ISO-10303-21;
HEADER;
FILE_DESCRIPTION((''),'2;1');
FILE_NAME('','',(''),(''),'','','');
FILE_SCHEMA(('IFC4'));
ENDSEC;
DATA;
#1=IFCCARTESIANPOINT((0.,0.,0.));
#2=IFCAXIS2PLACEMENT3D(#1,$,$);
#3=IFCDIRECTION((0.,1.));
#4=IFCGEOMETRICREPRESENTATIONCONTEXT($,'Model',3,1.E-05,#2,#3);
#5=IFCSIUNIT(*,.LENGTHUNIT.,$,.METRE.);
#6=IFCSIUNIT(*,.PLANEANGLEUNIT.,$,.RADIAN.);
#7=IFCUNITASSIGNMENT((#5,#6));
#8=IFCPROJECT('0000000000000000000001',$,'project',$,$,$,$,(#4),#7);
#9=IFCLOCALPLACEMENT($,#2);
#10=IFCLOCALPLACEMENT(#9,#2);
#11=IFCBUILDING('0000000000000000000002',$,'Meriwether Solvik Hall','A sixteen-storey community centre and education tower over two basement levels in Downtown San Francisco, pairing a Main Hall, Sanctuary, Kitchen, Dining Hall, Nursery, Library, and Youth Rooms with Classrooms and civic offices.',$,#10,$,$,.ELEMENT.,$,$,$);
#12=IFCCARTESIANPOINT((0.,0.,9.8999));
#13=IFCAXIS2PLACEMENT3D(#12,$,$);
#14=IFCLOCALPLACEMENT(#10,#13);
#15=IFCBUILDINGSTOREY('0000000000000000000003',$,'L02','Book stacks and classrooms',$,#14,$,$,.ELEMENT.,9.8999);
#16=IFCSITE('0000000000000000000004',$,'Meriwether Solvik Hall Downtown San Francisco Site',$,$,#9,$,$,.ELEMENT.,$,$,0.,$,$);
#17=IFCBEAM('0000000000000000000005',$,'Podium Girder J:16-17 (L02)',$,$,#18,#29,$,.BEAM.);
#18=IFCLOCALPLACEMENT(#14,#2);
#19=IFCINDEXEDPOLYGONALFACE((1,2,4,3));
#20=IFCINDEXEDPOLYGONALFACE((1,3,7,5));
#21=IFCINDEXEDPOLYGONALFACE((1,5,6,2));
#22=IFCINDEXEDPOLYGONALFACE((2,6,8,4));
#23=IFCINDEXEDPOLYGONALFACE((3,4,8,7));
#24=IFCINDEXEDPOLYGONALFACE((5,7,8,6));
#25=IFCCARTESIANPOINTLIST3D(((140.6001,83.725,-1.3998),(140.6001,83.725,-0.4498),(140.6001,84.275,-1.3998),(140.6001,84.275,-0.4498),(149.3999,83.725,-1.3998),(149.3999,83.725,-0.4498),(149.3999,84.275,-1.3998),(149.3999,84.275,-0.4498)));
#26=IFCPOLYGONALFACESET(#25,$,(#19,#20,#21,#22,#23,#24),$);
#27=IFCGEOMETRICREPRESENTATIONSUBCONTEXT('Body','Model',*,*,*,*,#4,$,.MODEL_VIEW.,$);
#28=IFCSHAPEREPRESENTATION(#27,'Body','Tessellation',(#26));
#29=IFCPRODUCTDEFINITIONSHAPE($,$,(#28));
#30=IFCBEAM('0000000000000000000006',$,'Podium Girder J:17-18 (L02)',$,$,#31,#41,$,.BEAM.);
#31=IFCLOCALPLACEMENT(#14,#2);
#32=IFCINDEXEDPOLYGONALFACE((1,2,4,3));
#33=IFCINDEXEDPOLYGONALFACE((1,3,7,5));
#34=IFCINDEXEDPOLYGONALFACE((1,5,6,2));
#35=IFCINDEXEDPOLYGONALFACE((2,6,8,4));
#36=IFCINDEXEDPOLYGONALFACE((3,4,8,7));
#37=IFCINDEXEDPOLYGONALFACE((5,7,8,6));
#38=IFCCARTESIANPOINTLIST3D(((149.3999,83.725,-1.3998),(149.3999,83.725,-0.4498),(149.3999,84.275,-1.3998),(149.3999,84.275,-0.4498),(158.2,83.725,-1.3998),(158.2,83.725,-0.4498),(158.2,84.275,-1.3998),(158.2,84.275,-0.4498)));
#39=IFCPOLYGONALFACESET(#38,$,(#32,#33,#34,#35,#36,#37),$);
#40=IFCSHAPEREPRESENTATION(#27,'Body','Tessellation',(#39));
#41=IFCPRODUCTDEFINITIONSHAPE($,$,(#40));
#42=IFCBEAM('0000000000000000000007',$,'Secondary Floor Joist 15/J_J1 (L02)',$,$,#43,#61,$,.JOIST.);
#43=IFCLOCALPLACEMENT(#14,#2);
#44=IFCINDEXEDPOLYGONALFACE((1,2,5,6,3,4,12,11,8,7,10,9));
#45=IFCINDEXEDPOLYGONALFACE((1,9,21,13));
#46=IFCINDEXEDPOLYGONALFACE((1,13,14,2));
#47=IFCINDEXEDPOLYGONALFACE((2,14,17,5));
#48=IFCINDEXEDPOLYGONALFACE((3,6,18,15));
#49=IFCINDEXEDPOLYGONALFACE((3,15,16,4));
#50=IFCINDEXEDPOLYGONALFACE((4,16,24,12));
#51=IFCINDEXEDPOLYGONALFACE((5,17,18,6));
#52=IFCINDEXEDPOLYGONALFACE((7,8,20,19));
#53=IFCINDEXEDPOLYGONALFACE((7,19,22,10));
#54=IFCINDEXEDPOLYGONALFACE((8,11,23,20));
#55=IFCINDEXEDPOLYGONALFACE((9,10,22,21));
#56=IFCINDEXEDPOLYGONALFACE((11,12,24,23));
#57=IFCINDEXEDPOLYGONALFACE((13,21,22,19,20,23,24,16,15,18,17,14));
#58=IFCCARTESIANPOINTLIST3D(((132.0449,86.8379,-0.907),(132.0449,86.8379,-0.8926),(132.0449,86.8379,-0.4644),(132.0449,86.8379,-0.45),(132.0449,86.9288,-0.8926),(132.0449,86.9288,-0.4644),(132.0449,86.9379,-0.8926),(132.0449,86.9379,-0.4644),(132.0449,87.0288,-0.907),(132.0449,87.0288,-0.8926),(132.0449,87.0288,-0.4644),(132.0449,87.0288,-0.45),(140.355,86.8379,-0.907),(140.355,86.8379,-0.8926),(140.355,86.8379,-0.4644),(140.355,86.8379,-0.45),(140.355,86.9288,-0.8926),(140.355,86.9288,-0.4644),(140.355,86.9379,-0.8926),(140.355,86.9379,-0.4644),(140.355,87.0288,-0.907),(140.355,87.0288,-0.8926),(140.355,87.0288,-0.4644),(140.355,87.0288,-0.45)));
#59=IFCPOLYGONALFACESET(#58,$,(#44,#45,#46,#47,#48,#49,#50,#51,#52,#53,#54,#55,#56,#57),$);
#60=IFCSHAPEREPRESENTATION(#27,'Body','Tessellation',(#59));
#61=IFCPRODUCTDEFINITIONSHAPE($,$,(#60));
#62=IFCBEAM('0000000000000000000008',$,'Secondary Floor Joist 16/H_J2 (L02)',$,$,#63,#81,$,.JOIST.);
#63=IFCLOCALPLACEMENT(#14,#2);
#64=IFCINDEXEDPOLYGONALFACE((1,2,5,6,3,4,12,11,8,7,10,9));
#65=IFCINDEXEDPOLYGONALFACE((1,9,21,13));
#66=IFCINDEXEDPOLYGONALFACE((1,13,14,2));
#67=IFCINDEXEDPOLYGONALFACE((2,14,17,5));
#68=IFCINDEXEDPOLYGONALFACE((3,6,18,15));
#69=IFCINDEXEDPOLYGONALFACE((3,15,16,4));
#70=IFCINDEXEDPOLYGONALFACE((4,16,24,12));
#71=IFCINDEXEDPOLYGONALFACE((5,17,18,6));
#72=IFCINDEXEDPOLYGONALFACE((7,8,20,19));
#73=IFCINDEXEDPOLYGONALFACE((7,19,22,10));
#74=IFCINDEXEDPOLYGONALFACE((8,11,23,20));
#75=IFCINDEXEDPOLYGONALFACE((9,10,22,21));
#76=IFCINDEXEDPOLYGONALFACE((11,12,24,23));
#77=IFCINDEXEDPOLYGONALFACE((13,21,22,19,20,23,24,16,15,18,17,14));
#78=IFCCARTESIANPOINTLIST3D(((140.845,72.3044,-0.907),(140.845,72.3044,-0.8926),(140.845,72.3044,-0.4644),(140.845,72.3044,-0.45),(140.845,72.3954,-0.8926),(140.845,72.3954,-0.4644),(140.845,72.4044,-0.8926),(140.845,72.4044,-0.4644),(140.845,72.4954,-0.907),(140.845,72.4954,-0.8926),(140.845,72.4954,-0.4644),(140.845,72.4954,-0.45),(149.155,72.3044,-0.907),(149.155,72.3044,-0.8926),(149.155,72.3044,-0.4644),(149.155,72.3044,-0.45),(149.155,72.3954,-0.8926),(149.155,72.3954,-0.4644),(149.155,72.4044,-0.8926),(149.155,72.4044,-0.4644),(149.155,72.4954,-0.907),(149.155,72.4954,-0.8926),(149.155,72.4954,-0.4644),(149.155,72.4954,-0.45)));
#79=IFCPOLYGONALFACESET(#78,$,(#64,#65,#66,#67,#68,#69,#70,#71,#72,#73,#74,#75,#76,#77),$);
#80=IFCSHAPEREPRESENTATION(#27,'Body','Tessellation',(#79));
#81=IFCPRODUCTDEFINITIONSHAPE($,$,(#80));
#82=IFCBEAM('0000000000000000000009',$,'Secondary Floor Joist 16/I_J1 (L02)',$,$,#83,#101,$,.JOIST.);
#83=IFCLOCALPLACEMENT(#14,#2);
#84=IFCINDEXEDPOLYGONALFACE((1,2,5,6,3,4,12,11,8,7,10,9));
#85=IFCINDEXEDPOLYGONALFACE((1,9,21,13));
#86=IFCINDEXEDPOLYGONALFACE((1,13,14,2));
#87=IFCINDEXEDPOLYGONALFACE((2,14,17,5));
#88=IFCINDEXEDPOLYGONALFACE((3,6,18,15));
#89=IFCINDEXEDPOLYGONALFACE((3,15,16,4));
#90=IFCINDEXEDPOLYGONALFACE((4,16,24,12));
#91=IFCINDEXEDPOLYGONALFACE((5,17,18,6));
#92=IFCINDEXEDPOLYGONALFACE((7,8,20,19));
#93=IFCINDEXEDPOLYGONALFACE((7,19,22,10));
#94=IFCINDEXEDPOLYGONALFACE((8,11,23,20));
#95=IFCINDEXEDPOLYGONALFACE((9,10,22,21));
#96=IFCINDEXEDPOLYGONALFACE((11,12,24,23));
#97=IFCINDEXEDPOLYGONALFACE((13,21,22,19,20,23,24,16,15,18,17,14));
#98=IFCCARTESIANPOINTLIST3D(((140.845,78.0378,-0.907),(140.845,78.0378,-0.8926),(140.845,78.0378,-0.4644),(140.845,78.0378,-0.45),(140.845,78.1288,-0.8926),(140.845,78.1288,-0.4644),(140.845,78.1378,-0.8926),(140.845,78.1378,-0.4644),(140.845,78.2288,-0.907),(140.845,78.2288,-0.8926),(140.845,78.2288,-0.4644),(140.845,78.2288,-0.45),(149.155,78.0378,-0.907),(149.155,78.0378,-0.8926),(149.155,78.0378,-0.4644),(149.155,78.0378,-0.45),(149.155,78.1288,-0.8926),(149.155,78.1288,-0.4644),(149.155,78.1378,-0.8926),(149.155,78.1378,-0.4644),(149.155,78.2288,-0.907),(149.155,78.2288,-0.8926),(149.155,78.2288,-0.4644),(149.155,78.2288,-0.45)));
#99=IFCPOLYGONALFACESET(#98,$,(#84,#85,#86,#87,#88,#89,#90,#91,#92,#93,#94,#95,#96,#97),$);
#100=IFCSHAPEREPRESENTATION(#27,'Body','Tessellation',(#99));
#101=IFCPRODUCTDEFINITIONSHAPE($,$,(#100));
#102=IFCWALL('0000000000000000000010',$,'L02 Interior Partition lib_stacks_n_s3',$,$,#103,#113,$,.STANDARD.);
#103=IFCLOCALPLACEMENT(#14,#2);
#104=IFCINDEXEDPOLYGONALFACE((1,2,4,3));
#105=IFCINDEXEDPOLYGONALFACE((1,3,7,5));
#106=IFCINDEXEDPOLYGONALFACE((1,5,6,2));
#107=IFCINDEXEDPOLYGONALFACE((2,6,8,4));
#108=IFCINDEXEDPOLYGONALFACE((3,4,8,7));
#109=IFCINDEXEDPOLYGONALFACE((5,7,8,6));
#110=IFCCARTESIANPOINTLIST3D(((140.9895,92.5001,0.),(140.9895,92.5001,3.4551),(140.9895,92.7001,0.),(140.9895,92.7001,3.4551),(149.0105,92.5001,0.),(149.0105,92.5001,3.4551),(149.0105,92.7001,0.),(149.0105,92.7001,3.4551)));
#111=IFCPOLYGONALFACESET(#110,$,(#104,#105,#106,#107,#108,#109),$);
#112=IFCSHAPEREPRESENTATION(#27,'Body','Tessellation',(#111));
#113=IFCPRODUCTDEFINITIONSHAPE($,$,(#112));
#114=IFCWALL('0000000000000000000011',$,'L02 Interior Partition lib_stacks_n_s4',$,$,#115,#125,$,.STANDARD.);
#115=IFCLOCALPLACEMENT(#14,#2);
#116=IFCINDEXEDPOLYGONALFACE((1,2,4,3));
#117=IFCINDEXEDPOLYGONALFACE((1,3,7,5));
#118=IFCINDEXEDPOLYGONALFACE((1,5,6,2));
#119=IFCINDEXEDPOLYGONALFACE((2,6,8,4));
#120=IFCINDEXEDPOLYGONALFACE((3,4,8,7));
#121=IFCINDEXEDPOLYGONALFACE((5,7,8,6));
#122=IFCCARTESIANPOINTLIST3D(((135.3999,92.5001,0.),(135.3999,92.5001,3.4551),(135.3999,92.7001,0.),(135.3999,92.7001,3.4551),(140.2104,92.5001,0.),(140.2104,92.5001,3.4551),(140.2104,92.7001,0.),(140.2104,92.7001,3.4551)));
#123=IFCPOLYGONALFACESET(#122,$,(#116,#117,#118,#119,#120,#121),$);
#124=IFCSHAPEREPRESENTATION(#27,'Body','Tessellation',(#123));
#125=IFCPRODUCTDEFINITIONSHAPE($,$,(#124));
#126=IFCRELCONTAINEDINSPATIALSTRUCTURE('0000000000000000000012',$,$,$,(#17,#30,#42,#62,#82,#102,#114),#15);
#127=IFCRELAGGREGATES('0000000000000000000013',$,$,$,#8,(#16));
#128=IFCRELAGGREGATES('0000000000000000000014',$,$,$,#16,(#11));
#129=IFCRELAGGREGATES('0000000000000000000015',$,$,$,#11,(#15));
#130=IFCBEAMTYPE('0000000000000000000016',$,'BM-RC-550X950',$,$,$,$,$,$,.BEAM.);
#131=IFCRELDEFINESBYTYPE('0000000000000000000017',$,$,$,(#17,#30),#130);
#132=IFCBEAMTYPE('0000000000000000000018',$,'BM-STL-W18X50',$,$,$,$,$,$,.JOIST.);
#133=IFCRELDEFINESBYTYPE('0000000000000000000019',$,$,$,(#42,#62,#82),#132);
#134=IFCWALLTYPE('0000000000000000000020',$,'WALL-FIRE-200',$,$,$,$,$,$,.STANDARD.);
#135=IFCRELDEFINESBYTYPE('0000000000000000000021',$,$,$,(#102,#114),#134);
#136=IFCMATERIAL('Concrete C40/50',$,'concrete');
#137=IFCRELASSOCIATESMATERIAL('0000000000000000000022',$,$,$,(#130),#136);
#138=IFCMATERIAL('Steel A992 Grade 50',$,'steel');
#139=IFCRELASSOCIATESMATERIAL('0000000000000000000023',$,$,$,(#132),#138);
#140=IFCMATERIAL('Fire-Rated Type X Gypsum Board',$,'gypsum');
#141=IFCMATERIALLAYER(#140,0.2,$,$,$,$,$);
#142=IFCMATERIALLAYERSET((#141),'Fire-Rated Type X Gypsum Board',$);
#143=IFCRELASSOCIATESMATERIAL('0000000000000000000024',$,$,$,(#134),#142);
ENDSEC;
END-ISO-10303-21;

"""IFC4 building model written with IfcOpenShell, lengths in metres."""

from ifc_helpers import new_model, si_unit, direction, frame, frame_2d, origin, origin_2d, place, context, subcontext, project, spatial, rectangle, i_section, extrude, material, layer, layer_set, material_profile, profile_set, type_object, element, save


model = new_model("IFC4")

# Units and contexts
model_context = context("Model", 3, precision=1e-05, world=origin(), true_north=direction((0.0, 1.0)))
body_context = subcontext(model_context, "Body", "Model", "MODEL_VIEW")
ifc_project = project(units=[si_unit("LENGTHUNIT", "METRE"), si_unit("PLANEANGLEUNIT", "RADIAN")], contexts=[model_context])

# Site, building, storey
site_placement = place(None, origin())
site = spatial("IfcSite", under=ifc_project, at=site_placement, Name="Meriwether Solvik Hall Downtown San Francisco Site", CompositionType="ELEMENT", RefElevation=0.0)
building_placement = place(site_placement, origin())
building = spatial("IfcBuilding", under=site, at=building_placement, Name="Meriwether Solvik Hall", Description="A sixteen-storey community centre and education tower over two basement levels in Downtown San Francisco, pairing a Main Hall, Sanctuary, Kitchen, Dining Hall, Nursery, Library, and Youth Rooms with Classrooms and civic offices.", CompositionType="ELEMENT")
storey_placement = place(building_placement, frame((0.0, 0.0, 9.8999)))
storey = spatial("IfcBuildingStorey", under=building, at=storey_placement, Name="L02", Description="Book stacks and classrooms", CompositionType="ELEMENT", Elevation=9.8999)

# Beams
ifc_material_1 = material(Name="Concrete C40/50", Category="concrete")
ifc_material_profile_1 = material_profile(ifc_material_1, rectangle(XDim=0.55, YDim=0.95, at=origin_2d()), Name="RCB-550X950")
ifc_profile_set_1 = profile_set([ifc_material_profile_1], Name="Concrete C40/50")
beam_type_1 = type_object("IfcBeamType", Name="BM-RC-550X950", PredefinedType="BEAM", material=ifc_profile_set_1)
beam_1_placement = place(storey_placement, frame((140.6001, 84.0, -0.9248), z_axis=(1.0, 0.0, 0.0), x_axis=(0.0, 1.0, 0.0)))
element("IfcBeam", 1, at=beam_1_placement, inside=storey, type_object=beam_type_1, Name="Podium Girder J:16-17 (L02)", PredefinedType="BEAM", context=body_context, shape_type="SweptSolid", body=[
    extrude(rectangle(XDim=0.55, YDim=0.95, at=origin_2d()), origin(), (0.0, 0.0, 1.0), 8.7998),
])
beam_2_placement = place(storey_placement, frame((149.3999, 84.0, -0.9248), z_axis=(1.0, 0.0, 0.0), x_axis=(0.0, 1.0, 0.0)))
element("IfcBeam", 2, at=beam_2_placement, inside=storey, type_object=beam_type_1, Name="Podium Girder J:17-18 (L02)", PredefinedType="BEAM", context=body_context, shape_type="SweptSolid", body=[
    extrude(rectangle(XDim=0.55, YDim=0.95, at=origin_2d()), origin(), (0.0, 0.0, 1.0), 8.8),
])
ifc_material_2 = material(Name="Steel A992 Grade 50", Category="steel")
ifc_material_profile_2 = material_profile(ifc_material_2, i_section(OverallWidth=0.1909, OverallDepth=0.457, WebThickness=0.009, FlangeThickness=0.0144, at=origin_2d()), Name="W18X50")
ifc_profile_set_2 = profile_set([ifc_material_profile_2], Name="Steel A992 Grade 50")
beam_type_2 = type_object("IfcBeamType", Name="BM-STL-W18X50", PredefinedType="JOIST", material=ifc_profile_set_2)
for number, where, z_axis, x_axis, name in (
    (3, (132.0449, 86.9333, -0.6785), (1.0, 0.0, 0.0), (0.0, 1.0, 0.0), "Secondary Floor Joist 15/J_J1 (L02)"),
    (4, (140.845, 72.3999, -0.6785), (1.0, 0.0, 0.0), (0.0, 1.0, 0.0), "Secondary Floor Joist 16/H_J2 (L02)"),
    (5, (140.845, 78.1333, -0.6785), (1.0, 0.0, 0.0), (0.0, 1.0, 0.0), "Secondary Floor Joist 16/I_J1 (L02)"),
):
    element("IfcBeam", number, at=place(storey_placement, frame(where, z_axis=z_axis, x_axis=x_axis)), inside=storey, type_object=beam_type_2, Name=name, PredefinedType="JOIST", context=body_context, shape_type="SweptSolid", body=[
        extrude(i_section(OverallWidth=0.1909, OverallDepth=0.457, WebThickness=0.009, FlangeThickness=0.0144, at=origin_2d()), origin(), (0.0, 0.0, 1.0), 8.3101),
    ])

# Walls
ifc_material_3 = material(Name="Fire-Rated Type X Gypsum Board", Category="gypsum")
ifc_layer = layer(ifc_material_3, 0.2)
ifc_layer_set = layer_set([ifc_layer], Name="Fire-Rated Type X Gypsum Board")
wall_type = type_object("IfcWallType", Name="WALL-FIRE-200", PredefinedType="STANDARD", material=ifc_layer_set)
wall_1_placement = place(storey_placement, frame((149.0105, 92.6001, 0.0), z_axis=(0.0, 0.0, 1.0), x_axis=(-1.0, 0.0, 0.0)))
element("IfcWall", 6, at=wall_1_placement, inside=storey, type_object=wall_type, Name="L02 Interior Partition lib_stacks_n_s3", PredefinedType="STANDARD", context=body_context, shape_type="SweptSolid", body=[
    extrude(rectangle(XDim=8.021, YDim=0.2, at=frame_2d((4.0105, 0.0))), origin(), (0.0, 0.0, 1.0), 3.4551),
])
wall_2_placement = place(storey_placement, frame((140.2104, 92.6001, 0.0), z_axis=(0.0, 0.0, 1.0), x_axis=(-1.0, 0.0, 0.0)))
element("IfcWall", 7, at=wall_2_placement, inside=storey, type_object=wall_type, Name="L02 Interior Partition lib_stacks_n_s4", PredefinedType="STANDARD", context=body_context, shape_type="SweptSolid", body=[
    extrude(rectangle(XDim=4.8105, YDim=0.2, at=frame_2d((2.4053, 0.0))), origin(), (0.0, 0.0, 1.0), 3.4551),
])

save(model, "model.ifc")
